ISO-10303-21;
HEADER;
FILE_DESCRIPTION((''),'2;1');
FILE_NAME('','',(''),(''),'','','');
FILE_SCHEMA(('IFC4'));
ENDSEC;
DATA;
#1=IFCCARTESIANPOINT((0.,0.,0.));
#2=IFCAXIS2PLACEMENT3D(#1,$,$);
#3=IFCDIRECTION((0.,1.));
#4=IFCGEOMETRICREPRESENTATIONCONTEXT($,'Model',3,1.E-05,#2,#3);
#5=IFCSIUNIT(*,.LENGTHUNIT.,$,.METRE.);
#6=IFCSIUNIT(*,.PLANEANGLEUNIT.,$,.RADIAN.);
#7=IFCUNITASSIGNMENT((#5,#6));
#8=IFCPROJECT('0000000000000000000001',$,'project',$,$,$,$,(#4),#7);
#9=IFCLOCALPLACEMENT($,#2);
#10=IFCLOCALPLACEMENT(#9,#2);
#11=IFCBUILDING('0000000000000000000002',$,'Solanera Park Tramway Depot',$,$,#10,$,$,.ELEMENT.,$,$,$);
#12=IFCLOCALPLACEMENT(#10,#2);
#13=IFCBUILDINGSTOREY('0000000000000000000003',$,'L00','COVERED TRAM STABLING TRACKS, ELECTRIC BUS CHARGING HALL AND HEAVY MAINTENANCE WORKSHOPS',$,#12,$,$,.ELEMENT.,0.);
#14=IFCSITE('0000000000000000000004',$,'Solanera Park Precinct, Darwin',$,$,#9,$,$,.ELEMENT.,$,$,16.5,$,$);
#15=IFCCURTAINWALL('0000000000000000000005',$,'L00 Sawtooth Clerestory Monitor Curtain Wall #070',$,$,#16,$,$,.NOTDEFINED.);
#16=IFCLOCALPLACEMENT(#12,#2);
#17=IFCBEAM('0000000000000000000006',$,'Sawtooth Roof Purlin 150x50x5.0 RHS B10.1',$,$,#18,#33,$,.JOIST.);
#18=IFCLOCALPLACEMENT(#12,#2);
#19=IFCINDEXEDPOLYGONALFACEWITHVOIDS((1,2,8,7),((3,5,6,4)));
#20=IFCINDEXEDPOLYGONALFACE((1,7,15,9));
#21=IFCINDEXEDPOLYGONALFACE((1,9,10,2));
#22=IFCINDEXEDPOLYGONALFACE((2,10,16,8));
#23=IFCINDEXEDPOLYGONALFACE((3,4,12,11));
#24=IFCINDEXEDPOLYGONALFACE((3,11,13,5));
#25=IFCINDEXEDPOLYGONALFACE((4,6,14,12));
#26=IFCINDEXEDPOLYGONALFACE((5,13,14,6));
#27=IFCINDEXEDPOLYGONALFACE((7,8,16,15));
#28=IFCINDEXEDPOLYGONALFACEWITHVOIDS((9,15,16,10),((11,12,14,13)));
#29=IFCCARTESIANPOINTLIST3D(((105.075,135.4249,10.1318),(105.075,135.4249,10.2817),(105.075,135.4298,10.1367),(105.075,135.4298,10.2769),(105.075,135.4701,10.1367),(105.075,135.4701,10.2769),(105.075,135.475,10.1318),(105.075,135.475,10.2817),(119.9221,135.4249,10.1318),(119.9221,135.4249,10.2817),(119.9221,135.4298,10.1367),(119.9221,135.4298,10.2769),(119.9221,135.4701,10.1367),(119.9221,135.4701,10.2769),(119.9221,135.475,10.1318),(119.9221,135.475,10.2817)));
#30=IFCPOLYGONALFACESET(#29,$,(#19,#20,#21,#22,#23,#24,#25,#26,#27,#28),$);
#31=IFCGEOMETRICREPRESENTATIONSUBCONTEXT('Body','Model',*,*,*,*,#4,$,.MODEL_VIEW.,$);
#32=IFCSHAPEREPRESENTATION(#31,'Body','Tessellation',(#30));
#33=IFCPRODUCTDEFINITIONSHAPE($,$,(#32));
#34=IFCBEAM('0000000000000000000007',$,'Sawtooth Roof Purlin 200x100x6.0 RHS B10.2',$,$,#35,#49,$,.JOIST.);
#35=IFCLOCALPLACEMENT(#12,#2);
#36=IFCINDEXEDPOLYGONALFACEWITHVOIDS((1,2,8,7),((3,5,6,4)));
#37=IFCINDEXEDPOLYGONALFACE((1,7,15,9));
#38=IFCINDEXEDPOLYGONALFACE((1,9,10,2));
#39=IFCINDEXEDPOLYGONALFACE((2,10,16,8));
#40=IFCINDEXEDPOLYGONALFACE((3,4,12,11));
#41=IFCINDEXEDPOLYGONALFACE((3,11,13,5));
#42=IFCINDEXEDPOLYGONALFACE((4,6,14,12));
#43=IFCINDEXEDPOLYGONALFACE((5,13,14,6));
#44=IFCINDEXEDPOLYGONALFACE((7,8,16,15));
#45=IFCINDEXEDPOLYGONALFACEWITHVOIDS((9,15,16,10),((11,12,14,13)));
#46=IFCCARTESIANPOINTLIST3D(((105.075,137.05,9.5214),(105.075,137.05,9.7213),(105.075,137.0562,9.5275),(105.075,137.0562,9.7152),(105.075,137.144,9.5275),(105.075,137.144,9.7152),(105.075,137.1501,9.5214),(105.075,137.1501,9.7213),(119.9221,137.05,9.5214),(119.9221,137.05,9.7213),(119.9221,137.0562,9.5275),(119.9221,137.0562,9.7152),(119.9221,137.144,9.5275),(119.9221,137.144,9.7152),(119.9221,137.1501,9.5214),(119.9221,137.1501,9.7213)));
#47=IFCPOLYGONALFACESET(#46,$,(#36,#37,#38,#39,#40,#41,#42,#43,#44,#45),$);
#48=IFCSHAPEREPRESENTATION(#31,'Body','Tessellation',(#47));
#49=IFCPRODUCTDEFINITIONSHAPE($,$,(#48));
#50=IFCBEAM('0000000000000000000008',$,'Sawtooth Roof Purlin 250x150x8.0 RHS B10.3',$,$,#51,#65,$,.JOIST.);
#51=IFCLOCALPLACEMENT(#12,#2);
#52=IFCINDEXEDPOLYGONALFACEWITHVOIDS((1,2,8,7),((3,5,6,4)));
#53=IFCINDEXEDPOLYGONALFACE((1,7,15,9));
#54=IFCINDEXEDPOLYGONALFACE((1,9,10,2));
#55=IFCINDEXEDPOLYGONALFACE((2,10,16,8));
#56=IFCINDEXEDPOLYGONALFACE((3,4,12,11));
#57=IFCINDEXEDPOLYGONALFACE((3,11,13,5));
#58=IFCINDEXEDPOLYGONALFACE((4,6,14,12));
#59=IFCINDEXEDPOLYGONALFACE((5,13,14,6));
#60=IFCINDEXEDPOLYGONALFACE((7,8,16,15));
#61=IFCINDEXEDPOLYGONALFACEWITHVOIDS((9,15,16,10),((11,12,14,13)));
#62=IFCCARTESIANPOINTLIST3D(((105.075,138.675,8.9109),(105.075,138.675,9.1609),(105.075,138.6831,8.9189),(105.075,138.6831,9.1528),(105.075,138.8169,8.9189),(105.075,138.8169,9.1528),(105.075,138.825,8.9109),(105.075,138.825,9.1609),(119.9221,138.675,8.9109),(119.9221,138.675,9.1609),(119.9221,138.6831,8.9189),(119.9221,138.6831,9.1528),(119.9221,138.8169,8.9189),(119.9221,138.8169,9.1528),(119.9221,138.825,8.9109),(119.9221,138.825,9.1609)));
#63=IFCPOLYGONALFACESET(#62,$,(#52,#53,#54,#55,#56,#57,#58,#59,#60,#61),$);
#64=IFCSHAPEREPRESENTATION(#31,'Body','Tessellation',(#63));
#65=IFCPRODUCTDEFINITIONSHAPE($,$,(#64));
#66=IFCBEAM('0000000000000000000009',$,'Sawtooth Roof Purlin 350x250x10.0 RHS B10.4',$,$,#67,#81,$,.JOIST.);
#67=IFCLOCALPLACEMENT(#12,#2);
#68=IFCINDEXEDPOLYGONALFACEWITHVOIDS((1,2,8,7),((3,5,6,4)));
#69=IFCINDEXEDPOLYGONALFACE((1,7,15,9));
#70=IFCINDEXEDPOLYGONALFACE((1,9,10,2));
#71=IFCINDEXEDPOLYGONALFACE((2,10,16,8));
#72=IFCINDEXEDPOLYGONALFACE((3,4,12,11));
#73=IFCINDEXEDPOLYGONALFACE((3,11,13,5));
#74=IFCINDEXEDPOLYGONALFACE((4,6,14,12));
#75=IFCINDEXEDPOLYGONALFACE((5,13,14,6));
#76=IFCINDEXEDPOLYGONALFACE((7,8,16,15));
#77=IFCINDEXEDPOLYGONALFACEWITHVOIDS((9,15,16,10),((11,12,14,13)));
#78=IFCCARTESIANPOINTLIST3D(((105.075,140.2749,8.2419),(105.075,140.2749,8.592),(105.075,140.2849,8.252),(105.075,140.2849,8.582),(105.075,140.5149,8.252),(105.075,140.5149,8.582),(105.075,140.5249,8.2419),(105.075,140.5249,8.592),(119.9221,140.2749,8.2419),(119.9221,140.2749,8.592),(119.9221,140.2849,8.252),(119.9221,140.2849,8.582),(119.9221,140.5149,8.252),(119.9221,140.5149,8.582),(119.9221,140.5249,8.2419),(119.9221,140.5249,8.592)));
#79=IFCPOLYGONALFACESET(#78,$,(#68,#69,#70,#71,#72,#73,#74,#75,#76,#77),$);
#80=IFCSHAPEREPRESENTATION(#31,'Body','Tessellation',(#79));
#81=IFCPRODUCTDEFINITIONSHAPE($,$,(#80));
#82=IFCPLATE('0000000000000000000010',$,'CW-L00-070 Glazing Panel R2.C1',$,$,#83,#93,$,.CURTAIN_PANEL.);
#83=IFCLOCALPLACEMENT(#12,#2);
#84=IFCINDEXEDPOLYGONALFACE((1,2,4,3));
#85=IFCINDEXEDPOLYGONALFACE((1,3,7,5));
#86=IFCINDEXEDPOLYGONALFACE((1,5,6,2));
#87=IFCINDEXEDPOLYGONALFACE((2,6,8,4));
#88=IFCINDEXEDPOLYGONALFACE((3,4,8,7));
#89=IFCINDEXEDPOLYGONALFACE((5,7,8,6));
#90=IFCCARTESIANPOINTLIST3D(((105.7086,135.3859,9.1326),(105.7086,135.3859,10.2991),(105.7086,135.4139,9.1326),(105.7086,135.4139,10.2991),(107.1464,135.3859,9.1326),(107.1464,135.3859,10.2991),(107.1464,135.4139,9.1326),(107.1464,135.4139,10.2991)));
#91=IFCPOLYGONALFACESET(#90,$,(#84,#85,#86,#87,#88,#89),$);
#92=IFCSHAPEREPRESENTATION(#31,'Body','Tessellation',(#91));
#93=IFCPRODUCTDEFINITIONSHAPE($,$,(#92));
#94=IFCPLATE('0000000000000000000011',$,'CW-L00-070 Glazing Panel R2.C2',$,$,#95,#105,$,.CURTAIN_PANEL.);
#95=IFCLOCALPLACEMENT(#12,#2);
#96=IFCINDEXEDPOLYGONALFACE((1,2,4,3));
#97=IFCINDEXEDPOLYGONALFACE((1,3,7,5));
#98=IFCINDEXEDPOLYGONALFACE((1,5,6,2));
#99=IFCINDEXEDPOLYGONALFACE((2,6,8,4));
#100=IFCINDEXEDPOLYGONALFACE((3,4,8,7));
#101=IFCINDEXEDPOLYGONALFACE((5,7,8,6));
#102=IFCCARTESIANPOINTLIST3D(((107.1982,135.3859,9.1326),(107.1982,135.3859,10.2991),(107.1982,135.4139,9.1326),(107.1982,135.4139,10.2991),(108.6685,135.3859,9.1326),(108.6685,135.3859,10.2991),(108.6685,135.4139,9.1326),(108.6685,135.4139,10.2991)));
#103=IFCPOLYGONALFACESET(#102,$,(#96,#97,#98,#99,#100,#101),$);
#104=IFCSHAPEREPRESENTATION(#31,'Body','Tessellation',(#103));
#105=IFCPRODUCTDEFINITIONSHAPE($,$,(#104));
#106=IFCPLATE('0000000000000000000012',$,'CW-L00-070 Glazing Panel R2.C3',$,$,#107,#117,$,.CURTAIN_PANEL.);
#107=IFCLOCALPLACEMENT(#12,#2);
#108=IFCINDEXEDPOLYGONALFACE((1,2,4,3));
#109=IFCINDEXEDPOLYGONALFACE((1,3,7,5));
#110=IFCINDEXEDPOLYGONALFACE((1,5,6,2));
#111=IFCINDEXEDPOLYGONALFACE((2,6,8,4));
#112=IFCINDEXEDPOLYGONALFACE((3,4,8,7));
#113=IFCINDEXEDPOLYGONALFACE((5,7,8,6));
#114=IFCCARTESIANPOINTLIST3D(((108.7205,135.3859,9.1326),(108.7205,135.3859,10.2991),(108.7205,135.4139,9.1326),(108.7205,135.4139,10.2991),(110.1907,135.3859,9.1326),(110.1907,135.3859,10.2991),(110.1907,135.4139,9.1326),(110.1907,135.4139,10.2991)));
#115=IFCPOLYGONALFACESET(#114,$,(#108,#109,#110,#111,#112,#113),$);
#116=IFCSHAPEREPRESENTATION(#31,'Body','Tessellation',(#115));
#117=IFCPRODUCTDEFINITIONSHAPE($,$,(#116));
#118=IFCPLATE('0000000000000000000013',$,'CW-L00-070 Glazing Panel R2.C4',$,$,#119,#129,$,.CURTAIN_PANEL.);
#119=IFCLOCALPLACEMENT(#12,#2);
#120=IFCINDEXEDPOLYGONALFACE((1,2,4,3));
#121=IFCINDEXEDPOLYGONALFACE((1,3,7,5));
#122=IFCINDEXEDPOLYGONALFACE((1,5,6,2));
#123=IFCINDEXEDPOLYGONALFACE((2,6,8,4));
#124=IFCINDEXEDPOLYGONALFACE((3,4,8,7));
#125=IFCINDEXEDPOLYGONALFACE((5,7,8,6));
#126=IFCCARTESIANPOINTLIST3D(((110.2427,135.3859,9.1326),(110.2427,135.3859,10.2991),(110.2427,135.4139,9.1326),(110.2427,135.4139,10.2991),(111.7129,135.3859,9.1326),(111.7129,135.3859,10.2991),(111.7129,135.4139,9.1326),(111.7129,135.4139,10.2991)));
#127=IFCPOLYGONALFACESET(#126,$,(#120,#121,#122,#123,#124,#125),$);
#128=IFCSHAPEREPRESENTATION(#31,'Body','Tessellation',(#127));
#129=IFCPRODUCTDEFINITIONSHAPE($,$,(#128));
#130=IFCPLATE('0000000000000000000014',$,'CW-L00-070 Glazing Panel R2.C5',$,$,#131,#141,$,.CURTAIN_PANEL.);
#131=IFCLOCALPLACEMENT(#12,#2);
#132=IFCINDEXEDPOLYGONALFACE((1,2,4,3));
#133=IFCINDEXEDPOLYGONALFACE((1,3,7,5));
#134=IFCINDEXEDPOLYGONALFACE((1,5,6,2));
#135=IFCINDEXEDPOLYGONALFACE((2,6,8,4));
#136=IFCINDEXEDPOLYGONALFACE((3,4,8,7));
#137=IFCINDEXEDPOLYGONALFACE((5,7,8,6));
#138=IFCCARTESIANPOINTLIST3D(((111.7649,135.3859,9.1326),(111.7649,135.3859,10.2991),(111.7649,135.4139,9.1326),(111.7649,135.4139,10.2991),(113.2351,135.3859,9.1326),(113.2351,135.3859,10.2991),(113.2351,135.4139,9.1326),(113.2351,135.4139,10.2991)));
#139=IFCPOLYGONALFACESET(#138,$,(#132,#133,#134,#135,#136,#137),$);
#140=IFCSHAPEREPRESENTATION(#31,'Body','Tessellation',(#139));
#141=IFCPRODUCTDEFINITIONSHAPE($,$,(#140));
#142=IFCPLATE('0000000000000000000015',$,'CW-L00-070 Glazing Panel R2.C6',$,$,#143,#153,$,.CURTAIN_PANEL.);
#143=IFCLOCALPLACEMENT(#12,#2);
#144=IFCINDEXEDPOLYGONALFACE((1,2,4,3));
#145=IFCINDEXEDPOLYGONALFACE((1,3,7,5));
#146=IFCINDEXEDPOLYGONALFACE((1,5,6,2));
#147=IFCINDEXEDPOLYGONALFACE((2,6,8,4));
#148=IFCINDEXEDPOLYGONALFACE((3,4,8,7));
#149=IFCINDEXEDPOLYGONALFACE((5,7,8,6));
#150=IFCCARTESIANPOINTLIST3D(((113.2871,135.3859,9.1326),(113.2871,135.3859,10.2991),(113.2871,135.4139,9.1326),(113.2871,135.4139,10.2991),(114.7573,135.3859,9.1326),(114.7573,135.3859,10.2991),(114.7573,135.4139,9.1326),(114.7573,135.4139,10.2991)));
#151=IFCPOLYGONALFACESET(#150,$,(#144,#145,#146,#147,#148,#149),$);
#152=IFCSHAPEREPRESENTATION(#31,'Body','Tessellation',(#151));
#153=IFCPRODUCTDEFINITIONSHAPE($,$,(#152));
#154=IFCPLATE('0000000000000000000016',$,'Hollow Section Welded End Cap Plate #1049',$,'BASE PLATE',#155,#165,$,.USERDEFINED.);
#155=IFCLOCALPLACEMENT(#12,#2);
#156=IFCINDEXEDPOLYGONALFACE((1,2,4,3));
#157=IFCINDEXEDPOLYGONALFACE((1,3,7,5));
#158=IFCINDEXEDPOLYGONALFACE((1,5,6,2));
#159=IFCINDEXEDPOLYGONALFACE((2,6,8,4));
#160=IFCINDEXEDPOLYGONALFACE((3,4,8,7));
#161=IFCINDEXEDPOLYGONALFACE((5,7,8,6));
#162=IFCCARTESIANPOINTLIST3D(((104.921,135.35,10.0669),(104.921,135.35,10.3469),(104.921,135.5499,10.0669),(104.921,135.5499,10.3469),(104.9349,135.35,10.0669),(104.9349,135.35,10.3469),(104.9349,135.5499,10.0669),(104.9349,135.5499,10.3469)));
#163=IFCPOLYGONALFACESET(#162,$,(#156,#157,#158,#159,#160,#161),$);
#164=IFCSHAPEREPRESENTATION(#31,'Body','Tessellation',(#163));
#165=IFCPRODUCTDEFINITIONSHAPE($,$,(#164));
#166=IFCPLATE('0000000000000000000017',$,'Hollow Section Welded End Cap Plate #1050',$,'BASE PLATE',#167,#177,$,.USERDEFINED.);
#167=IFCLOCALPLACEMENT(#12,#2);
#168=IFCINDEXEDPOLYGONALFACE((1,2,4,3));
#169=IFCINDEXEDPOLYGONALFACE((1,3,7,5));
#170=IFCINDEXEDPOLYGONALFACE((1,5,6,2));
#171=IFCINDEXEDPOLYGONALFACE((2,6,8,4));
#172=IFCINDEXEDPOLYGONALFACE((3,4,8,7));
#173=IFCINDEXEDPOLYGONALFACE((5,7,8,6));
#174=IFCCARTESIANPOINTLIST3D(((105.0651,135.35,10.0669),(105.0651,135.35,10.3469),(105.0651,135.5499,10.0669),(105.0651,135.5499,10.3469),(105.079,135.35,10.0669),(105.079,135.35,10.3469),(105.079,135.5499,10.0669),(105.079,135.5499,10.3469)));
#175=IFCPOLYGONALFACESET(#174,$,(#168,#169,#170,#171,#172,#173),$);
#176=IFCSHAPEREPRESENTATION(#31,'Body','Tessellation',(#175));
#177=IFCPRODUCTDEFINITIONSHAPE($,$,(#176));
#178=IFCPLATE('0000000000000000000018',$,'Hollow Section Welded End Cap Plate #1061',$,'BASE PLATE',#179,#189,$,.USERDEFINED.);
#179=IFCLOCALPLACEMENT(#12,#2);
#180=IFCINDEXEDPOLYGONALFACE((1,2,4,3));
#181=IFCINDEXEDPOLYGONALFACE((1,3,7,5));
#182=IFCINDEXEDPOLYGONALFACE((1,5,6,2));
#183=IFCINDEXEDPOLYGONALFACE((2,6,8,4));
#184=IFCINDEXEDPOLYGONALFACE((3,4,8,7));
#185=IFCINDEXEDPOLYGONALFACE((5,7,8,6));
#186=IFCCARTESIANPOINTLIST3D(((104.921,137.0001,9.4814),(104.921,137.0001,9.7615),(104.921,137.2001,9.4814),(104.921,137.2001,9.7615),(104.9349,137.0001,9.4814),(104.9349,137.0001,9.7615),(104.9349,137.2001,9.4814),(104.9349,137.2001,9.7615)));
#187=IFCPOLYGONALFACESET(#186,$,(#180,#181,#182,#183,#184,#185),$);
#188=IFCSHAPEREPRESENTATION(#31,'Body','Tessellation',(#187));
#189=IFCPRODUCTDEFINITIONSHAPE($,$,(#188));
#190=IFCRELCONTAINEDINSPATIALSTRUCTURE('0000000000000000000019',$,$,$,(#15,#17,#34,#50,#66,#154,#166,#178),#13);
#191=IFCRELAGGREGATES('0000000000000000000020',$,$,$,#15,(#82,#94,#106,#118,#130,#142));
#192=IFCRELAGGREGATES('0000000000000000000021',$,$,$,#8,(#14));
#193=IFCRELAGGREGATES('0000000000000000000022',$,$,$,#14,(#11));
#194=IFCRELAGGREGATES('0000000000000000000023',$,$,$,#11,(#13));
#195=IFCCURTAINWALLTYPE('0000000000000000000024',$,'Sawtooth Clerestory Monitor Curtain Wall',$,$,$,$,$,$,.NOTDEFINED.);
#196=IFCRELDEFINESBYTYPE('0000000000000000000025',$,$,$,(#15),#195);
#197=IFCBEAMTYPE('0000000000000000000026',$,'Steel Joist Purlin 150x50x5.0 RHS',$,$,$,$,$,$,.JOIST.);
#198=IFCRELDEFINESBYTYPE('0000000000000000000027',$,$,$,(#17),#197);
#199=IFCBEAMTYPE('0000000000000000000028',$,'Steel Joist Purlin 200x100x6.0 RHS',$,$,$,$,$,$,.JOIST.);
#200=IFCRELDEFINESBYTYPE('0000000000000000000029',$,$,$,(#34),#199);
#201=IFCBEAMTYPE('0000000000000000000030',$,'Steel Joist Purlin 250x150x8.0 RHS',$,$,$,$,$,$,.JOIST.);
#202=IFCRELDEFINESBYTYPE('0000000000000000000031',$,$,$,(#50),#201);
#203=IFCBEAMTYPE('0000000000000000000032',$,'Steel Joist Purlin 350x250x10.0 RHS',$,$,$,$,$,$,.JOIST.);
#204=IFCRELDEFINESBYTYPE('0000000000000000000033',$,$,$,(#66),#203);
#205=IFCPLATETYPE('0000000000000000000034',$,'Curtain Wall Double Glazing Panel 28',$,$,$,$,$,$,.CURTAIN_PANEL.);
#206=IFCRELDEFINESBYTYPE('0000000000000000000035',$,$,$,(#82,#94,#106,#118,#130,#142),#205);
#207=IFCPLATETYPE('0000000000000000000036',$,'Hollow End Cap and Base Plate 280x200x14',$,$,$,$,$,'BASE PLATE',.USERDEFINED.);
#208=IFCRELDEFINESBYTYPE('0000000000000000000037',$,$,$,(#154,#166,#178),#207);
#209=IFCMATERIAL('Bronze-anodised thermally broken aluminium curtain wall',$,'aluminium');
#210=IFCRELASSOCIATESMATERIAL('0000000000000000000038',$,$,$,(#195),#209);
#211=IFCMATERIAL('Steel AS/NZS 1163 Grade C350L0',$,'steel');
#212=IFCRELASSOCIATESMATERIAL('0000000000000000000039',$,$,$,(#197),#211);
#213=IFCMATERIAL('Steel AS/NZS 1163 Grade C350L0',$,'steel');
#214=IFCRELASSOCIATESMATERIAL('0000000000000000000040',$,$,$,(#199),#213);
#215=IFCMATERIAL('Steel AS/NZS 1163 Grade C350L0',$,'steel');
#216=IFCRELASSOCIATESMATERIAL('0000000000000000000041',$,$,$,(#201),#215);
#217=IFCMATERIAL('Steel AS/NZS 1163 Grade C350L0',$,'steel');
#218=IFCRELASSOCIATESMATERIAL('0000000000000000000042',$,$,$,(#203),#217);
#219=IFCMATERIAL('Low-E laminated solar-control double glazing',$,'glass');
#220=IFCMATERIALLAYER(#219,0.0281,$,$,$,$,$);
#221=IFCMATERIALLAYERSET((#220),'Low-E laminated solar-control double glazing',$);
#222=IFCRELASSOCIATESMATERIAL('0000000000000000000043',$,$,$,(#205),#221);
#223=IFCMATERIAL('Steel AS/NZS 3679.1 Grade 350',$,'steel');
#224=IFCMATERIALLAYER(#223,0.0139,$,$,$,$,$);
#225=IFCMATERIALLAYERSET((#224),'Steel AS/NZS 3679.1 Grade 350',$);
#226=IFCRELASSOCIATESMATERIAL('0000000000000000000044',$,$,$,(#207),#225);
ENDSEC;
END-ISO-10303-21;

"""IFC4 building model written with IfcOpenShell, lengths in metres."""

from ifc_helpers import new_model, si_unit, direction, frame, origin, origin_2d, place, context, subcontext, project, spatial, rectangle, hollow_rectangle, extrude, material, layer, layer_set, material_profile, profile_set, type_object, element, aggregate, save


model = new_model("IFC4")

# Units and contexts
model_context = context("Model", 3, precision=1e-05, world=origin(), true_north=direction((0.0, 1.0)))
body_context = subcontext(model_context, "Body", "Model", "MODEL_VIEW")
ifc_project = project(units=[si_unit("LENGTHUNIT", "METRE"), si_unit("PLANEANGLEUNIT", "RADIAN")], contexts=[model_context])

# Site, building, storey
site_placement = place(None, origin())
site = spatial("IfcSite", under=ifc_project, at=site_placement, Name="Solanera Park Precinct, Darwin", CompositionType="ELEMENT", RefElevation=16.5)
building_placement = place(site_placement, origin())
building = spatial("IfcBuilding", under=site, at=building_placement, Name="Solanera Park Tramway Depot", CompositionType="ELEMENT")
storey_placement = place(building_placement, origin())
storey = spatial("IfcBuildingStorey", under=building, at=storey_placement, Name="L00", Description="COVERED TRAM STABLING TRACKS, ELECTRIC BUS CHARGING HALL AND HEAVY MAINTENANCE WORKSHOPS", CompositionType="ELEMENT", Elevation=0.0)

# Curtain wall
ifc_material_1 = material(Name="Bronze-anodised thermally broken aluminium curtain wall", Category="aluminium")
curtain_wall_type = type_object("IfcCurtainWallType", Name="Sawtooth Clerestory Monitor Curtain Wall", PredefinedType="NOTDEFINED", material=ifc_material_1)
curtain_wall_placement = place(storey_placement, origin())
curtain_wall = element("IfcCurtainWall", 1, at=curtain_wall_placement, inside=storey, type_object=curtain_wall_type, Name="L00 Sawtooth Clerestory Monitor Curtain Wall #070", PredefinedType="NOTDEFINED")

# Beams
ifc_material_2 = material(Name="Steel AS/NZS 1163 Grade C350L0", Category="steel")
ifc_material_profile_1 = material_profile(ifc_material_2, hollow_rectangle(XDim=0.05, YDim=0.1499, WallThickness=0.0049, at=origin_2d()), Name="150x50x5.0 RHS")
ifc_profile_set_1 = profile_set([ifc_material_profile_1], Name="Steel AS/NZS 1163 Grade C350L0")
beam_type_1 = type_object("IfcBeamType", Name="Steel Joist Purlin 150x50x5.0 RHS", PredefinedType="JOIST", material=ifc_profile_set_1)
beam_1_placement = place(storey_placement, frame((105.075, 135.45, 10.2068), z_axis=(1.0, 0.0, 0.0), x_axis=(0.0, 1.0, 0.0)))
element("IfcBeam", 2, at=beam_1_placement, inside=storey, type_object=beam_type_1, Name="Sawtooth Roof Purlin 150x50x5.0 RHS B10.1", PredefinedType="JOIST", context=body_context, shape_type="SweptSolid", body=[
    extrude(hollow_rectangle(XDim=0.05, YDim=0.1499, WallThickness=0.0049, at=origin_2d()), origin(), (0.0, 0.0, 1.0), 14.8472),
])
ifc_material_3 = material(Name="Steel AS/NZS 1163 Grade C350L0", Category="steel")
ifc_material_profile_2 = material_profile(ifc_material_3, hollow_rectangle(XDim=0.1001, YDim=0.2, WallThickness=0.0061, at=origin_2d()), Name="200x100x6.0 RHS")
ifc_profile_set_2 = profile_set([ifc_material_profile_2], Name="Steel AS/NZS 1163 Grade C350L0")
beam_type_2 = type_object("IfcBeamType", Name="Steel Joist Purlin 200x100x6.0 RHS", PredefinedType="JOIST", material=ifc_profile_set_2)
beam_2_placement = place(storey_placement, frame((105.075, 137.1001, 9.6213), z_axis=(1.0, 0.0, 0.0), x_axis=(0.0, 1.0, 0.0)))
element("IfcBeam", 3, at=beam_2_placement, inside=storey, type_object=beam_type_2, Name="Sawtooth Roof Purlin 200x100x6.0 RHS B10.2", PredefinedType="JOIST", context=body_context, shape_type="SweptSolid", body=[
    extrude(hollow_rectangle(XDim=0.1001, YDim=0.2, WallThickness=0.0061, at=origin_2d()), origin(), (0.0, 0.0, 1.0), 14.8472),
])
ifc_material_4 = material(Name="Steel AS/NZS 1163 Grade C350L0", Category="steel")
ifc_material_profile_3 = material_profile(ifc_material_4, hollow_rectangle(XDim=0.1499, YDim=0.25, WallThickness=0.0081, at=origin_2d()), Name="250x150x8.0 RHS")
ifc_profile_set_3 = profile_set([ifc_material_profile_3], Name="Steel AS/NZS 1163 Grade C350L0")
beam_type_3 = type_object("IfcBeamType", Name="Steel Joist Purlin 250x150x8.0 RHS", PredefinedType="JOIST", material=ifc_profile_set_3)
beam_3_placement = place(storey_placement, frame((105.075, 138.75, 9.0359), z_axis=(1.0, 0.0, 0.0), x_axis=(0.0, 1.0, 0.0)))
element("IfcBeam", 4, at=beam_3_placement, inside=storey, type_object=beam_type_3, Name="Sawtooth Roof Purlin 250x150x8.0 RHS B10.3", PredefinedType="JOIST", context=body_context, shape_type="SweptSolid", body=[
    extrude(hollow_rectangle(XDim=0.1499, YDim=0.25, WallThickness=0.0081, at=origin_2d()), origin(), (0.0, 0.0, 1.0), 14.8472),
])
ifc_material_5 = material(Name="Steel AS/NZS 1163 Grade C350L0", Category="steel")
ifc_material_profile_4 = material_profile(ifc_material_5, hollow_rectangle(XDim=0.25, YDim=0.3501, WallThickness=0.01, at=origin_2d()), Name="350x250x10.0 RHS")
ifc_profile_set_4 = profile_set([ifc_material_profile_4], Name="Steel AS/NZS 1163 Grade C350L0")
beam_type_4 = type_object("IfcBeamType", Name="Steel Joist Purlin 350x250x10.0 RHS", PredefinedType="JOIST", material=ifc_profile_set_4)
beam_4_placement = place(storey_placement, frame((105.075, 140.3999, 8.417), z_axis=(1.0, 0.0, 0.0), x_axis=(0.0, 1.0, 0.0)))
element("IfcBeam", 5, at=beam_4_placement, inside=storey, type_object=beam_type_4, Name="Sawtooth Roof Purlin 350x250x10.0 RHS B10.4", PredefinedType="JOIST", context=body_context, shape_type="SweptSolid", body=[
    extrude(hollow_rectangle(XDim=0.25, YDim=0.3501, WallThickness=0.01, at=origin_2d()), origin(), (0.0, 0.0, 1.0), 14.8472),
])

# Plates
ifc_material_6 = material(Name="Low-E laminated solar-control double glazing", Category="glass")
ifc_layer_1 = layer(ifc_material_6, 0.0281)
ifc_layer_set_1 = layer_set([ifc_layer_1], Name="Low-E laminated solar-control double glazing")
plate_type_1 = type_object("IfcPlateType", Name="Curtain Wall Double Glazing Panel 28", PredefinedType="CURTAIN_PANEL", material=ifc_layer_set_1)
plate_1_placement = place(storey_placement, frame((106.4275, 135.3999, 9.1326), z_axis=(0.0, 0.0, 1.0), x_axis=(1.0, 0.0, 0.0)))
plate_1 = element("IfcPlate", 6, at=plate_1_placement, type_object=plate_type_1, Name="CW-L00-070 Glazing Panel R2.C1", PredefinedType="CURTAIN_PANEL", context=body_context, shape_type="SweptSolid", body=[
    extrude(rectangle(XDim=1.4377, YDim=0.0281, at=origin_2d()), origin(), (0.0, 0.0, 1.0), 1.1665),
])
plate_2_placement = place(storey_placement, frame((107.9333, 135.3999, 9.1326), z_axis=(0.0, 0.0, 1.0), x_axis=(1.0, 0.0, 0.0)))
plate_2 = element("IfcPlate", 7, at=plate_2_placement, type_object=plate_type_1, Name="CW-L00-070 Glazing Panel R2.C2", PredefinedType="CURTAIN_PANEL", context=body_context, shape_type="SweptSolid", body=[
    extrude(rectangle(XDim=1.4702, YDim=0.0281, at=origin_2d()), origin(), (0.0, 0.0, 1.0), 1.1665),
])
plate_3_placement = place(storey_placement, frame((109.4556, 135.3999, 9.1326), z_axis=(0.0, 0.0, 1.0), x_axis=(1.0, 0.0, 0.0)))
plate_3 = element("IfcPlate", 8, at=plate_3_placement, type_object=plate_type_1, Name="CW-L00-070 Glazing Panel R2.C3", PredefinedType="CURTAIN_PANEL", context=body_context, shape_type="SweptSolid", body=[
    extrude(rectangle(XDim=1.4702, YDim=0.0281, at=origin_2d()), origin(), (0.0, 0.0, 1.0), 1.1665),
])
plate_4_placement = place(storey_placement, frame((110.9778, 135.3999, 9.1326), z_axis=(0.0, 0.0, 1.0), x_axis=(1.0, 0.0, 0.0)))
plate_4 = element("IfcPlate", 9, at=plate_4_placement, type_object=plate_type_1, Name="CW-L00-070 Glazing Panel R2.C4", PredefinedType="CURTAIN_PANEL", context=body_context, shape_type="SweptSolid", body=[
    extrude(rectangle(XDim=1.4702, YDim=0.0281, at=origin_2d()), origin(), (0.0, 0.0, 1.0), 1.1665),
])
plate_5_placement = place(storey_placement, frame((112.5, 135.3999, 9.1326), z_axis=(0.0, 0.0, 1.0), x_axis=(1.0, 0.0, 0.0)))
plate_5 = element("IfcPlate", 10, at=plate_5_placement, type_object=plate_type_1, Name="CW-L00-070 Glazing Panel R2.C5", PredefinedType="CURTAIN_PANEL", context=body_context, shape_type="SweptSolid", body=[
    extrude(rectangle(XDim=1.4702, YDim=0.0281, at=origin_2d()), origin(), (0.0, 0.0, 1.0), 1.1665),
])
plate_6_placement = place(storey_placement, frame((114.0222, 135.3999, 9.1326), z_axis=(0.0, 0.0, 1.0), x_axis=(1.0, 0.0, 0.0)))
plate_6 = element("IfcPlate", 11, at=plate_6_placement, type_object=plate_type_1, Name="CW-L00-070 Glazing Panel R2.C6", PredefinedType="CURTAIN_PANEL", context=body_context, shape_type="SweptSolid", body=[
    extrude(rectangle(XDim=1.4702, YDim=0.0281, at=origin_2d()), origin(), (0.0, 0.0, 1.0), 1.1665),
])
aggregate(curtain_wall, [plate_1, plate_2, plate_3, plate_4, plate_5, plate_6])

# Plates
ifc_material_7 = material(Name="Steel AS/NZS 3679.1 Grade 350", Category="steel")
ifc_layer_2 = layer(ifc_material_7, 0.0139)
ifc_layer_set_2 = layer_set([ifc_layer_2], Name="Steel AS/NZS 3679.1 Grade 350")
plate_type_2 = type_object("IfcPlateType", Name="Hollow End Cap and Base Plate 280x200x14", ElementType="BASE PLATE", PredefinedType="USERDEFINED", material=ifc_layer_set_2)
for number, where, z_axis, x_axis, name in (
    (12, (104.928, 135.45, 10.0669), (0.0, 0.0, 1.0), (1.0, 0.0, 0.0), "Hollow Section Welded End Cap Plate #1049"),
    (13, (105.072, 135.45, 10.0669), (0.0, 0.0, 1.0), (1.0, 0.0, 0.0), "Hollow Section Welded End Cap Plate #1050"),
    (14, (104.928, 137.1001, 9.4814), (0.0, 0.0, 1.0), (1.0, 0.0, 0.0), "Hollow Section Welded End Cap Plate #1061"),
):
    element("IfcPlate", number, at=place(storey_placement, frame(where, z_axis=z_axis, x_axis=x_axis)), inside=storey, type_object=plate_type_2, Name=name, ObjectType="BASE PLATE", PredefinedType="USERDEFINED", context=body_context, shape_type="SweptSolid", body=[
        extrude(rectangle(XDim=0.0139, YDim=0.2, at=origin_2d()), origin(), (0.0, 0.0, 1.0), 0.28),
    ])

save(model, "model.ifc")
